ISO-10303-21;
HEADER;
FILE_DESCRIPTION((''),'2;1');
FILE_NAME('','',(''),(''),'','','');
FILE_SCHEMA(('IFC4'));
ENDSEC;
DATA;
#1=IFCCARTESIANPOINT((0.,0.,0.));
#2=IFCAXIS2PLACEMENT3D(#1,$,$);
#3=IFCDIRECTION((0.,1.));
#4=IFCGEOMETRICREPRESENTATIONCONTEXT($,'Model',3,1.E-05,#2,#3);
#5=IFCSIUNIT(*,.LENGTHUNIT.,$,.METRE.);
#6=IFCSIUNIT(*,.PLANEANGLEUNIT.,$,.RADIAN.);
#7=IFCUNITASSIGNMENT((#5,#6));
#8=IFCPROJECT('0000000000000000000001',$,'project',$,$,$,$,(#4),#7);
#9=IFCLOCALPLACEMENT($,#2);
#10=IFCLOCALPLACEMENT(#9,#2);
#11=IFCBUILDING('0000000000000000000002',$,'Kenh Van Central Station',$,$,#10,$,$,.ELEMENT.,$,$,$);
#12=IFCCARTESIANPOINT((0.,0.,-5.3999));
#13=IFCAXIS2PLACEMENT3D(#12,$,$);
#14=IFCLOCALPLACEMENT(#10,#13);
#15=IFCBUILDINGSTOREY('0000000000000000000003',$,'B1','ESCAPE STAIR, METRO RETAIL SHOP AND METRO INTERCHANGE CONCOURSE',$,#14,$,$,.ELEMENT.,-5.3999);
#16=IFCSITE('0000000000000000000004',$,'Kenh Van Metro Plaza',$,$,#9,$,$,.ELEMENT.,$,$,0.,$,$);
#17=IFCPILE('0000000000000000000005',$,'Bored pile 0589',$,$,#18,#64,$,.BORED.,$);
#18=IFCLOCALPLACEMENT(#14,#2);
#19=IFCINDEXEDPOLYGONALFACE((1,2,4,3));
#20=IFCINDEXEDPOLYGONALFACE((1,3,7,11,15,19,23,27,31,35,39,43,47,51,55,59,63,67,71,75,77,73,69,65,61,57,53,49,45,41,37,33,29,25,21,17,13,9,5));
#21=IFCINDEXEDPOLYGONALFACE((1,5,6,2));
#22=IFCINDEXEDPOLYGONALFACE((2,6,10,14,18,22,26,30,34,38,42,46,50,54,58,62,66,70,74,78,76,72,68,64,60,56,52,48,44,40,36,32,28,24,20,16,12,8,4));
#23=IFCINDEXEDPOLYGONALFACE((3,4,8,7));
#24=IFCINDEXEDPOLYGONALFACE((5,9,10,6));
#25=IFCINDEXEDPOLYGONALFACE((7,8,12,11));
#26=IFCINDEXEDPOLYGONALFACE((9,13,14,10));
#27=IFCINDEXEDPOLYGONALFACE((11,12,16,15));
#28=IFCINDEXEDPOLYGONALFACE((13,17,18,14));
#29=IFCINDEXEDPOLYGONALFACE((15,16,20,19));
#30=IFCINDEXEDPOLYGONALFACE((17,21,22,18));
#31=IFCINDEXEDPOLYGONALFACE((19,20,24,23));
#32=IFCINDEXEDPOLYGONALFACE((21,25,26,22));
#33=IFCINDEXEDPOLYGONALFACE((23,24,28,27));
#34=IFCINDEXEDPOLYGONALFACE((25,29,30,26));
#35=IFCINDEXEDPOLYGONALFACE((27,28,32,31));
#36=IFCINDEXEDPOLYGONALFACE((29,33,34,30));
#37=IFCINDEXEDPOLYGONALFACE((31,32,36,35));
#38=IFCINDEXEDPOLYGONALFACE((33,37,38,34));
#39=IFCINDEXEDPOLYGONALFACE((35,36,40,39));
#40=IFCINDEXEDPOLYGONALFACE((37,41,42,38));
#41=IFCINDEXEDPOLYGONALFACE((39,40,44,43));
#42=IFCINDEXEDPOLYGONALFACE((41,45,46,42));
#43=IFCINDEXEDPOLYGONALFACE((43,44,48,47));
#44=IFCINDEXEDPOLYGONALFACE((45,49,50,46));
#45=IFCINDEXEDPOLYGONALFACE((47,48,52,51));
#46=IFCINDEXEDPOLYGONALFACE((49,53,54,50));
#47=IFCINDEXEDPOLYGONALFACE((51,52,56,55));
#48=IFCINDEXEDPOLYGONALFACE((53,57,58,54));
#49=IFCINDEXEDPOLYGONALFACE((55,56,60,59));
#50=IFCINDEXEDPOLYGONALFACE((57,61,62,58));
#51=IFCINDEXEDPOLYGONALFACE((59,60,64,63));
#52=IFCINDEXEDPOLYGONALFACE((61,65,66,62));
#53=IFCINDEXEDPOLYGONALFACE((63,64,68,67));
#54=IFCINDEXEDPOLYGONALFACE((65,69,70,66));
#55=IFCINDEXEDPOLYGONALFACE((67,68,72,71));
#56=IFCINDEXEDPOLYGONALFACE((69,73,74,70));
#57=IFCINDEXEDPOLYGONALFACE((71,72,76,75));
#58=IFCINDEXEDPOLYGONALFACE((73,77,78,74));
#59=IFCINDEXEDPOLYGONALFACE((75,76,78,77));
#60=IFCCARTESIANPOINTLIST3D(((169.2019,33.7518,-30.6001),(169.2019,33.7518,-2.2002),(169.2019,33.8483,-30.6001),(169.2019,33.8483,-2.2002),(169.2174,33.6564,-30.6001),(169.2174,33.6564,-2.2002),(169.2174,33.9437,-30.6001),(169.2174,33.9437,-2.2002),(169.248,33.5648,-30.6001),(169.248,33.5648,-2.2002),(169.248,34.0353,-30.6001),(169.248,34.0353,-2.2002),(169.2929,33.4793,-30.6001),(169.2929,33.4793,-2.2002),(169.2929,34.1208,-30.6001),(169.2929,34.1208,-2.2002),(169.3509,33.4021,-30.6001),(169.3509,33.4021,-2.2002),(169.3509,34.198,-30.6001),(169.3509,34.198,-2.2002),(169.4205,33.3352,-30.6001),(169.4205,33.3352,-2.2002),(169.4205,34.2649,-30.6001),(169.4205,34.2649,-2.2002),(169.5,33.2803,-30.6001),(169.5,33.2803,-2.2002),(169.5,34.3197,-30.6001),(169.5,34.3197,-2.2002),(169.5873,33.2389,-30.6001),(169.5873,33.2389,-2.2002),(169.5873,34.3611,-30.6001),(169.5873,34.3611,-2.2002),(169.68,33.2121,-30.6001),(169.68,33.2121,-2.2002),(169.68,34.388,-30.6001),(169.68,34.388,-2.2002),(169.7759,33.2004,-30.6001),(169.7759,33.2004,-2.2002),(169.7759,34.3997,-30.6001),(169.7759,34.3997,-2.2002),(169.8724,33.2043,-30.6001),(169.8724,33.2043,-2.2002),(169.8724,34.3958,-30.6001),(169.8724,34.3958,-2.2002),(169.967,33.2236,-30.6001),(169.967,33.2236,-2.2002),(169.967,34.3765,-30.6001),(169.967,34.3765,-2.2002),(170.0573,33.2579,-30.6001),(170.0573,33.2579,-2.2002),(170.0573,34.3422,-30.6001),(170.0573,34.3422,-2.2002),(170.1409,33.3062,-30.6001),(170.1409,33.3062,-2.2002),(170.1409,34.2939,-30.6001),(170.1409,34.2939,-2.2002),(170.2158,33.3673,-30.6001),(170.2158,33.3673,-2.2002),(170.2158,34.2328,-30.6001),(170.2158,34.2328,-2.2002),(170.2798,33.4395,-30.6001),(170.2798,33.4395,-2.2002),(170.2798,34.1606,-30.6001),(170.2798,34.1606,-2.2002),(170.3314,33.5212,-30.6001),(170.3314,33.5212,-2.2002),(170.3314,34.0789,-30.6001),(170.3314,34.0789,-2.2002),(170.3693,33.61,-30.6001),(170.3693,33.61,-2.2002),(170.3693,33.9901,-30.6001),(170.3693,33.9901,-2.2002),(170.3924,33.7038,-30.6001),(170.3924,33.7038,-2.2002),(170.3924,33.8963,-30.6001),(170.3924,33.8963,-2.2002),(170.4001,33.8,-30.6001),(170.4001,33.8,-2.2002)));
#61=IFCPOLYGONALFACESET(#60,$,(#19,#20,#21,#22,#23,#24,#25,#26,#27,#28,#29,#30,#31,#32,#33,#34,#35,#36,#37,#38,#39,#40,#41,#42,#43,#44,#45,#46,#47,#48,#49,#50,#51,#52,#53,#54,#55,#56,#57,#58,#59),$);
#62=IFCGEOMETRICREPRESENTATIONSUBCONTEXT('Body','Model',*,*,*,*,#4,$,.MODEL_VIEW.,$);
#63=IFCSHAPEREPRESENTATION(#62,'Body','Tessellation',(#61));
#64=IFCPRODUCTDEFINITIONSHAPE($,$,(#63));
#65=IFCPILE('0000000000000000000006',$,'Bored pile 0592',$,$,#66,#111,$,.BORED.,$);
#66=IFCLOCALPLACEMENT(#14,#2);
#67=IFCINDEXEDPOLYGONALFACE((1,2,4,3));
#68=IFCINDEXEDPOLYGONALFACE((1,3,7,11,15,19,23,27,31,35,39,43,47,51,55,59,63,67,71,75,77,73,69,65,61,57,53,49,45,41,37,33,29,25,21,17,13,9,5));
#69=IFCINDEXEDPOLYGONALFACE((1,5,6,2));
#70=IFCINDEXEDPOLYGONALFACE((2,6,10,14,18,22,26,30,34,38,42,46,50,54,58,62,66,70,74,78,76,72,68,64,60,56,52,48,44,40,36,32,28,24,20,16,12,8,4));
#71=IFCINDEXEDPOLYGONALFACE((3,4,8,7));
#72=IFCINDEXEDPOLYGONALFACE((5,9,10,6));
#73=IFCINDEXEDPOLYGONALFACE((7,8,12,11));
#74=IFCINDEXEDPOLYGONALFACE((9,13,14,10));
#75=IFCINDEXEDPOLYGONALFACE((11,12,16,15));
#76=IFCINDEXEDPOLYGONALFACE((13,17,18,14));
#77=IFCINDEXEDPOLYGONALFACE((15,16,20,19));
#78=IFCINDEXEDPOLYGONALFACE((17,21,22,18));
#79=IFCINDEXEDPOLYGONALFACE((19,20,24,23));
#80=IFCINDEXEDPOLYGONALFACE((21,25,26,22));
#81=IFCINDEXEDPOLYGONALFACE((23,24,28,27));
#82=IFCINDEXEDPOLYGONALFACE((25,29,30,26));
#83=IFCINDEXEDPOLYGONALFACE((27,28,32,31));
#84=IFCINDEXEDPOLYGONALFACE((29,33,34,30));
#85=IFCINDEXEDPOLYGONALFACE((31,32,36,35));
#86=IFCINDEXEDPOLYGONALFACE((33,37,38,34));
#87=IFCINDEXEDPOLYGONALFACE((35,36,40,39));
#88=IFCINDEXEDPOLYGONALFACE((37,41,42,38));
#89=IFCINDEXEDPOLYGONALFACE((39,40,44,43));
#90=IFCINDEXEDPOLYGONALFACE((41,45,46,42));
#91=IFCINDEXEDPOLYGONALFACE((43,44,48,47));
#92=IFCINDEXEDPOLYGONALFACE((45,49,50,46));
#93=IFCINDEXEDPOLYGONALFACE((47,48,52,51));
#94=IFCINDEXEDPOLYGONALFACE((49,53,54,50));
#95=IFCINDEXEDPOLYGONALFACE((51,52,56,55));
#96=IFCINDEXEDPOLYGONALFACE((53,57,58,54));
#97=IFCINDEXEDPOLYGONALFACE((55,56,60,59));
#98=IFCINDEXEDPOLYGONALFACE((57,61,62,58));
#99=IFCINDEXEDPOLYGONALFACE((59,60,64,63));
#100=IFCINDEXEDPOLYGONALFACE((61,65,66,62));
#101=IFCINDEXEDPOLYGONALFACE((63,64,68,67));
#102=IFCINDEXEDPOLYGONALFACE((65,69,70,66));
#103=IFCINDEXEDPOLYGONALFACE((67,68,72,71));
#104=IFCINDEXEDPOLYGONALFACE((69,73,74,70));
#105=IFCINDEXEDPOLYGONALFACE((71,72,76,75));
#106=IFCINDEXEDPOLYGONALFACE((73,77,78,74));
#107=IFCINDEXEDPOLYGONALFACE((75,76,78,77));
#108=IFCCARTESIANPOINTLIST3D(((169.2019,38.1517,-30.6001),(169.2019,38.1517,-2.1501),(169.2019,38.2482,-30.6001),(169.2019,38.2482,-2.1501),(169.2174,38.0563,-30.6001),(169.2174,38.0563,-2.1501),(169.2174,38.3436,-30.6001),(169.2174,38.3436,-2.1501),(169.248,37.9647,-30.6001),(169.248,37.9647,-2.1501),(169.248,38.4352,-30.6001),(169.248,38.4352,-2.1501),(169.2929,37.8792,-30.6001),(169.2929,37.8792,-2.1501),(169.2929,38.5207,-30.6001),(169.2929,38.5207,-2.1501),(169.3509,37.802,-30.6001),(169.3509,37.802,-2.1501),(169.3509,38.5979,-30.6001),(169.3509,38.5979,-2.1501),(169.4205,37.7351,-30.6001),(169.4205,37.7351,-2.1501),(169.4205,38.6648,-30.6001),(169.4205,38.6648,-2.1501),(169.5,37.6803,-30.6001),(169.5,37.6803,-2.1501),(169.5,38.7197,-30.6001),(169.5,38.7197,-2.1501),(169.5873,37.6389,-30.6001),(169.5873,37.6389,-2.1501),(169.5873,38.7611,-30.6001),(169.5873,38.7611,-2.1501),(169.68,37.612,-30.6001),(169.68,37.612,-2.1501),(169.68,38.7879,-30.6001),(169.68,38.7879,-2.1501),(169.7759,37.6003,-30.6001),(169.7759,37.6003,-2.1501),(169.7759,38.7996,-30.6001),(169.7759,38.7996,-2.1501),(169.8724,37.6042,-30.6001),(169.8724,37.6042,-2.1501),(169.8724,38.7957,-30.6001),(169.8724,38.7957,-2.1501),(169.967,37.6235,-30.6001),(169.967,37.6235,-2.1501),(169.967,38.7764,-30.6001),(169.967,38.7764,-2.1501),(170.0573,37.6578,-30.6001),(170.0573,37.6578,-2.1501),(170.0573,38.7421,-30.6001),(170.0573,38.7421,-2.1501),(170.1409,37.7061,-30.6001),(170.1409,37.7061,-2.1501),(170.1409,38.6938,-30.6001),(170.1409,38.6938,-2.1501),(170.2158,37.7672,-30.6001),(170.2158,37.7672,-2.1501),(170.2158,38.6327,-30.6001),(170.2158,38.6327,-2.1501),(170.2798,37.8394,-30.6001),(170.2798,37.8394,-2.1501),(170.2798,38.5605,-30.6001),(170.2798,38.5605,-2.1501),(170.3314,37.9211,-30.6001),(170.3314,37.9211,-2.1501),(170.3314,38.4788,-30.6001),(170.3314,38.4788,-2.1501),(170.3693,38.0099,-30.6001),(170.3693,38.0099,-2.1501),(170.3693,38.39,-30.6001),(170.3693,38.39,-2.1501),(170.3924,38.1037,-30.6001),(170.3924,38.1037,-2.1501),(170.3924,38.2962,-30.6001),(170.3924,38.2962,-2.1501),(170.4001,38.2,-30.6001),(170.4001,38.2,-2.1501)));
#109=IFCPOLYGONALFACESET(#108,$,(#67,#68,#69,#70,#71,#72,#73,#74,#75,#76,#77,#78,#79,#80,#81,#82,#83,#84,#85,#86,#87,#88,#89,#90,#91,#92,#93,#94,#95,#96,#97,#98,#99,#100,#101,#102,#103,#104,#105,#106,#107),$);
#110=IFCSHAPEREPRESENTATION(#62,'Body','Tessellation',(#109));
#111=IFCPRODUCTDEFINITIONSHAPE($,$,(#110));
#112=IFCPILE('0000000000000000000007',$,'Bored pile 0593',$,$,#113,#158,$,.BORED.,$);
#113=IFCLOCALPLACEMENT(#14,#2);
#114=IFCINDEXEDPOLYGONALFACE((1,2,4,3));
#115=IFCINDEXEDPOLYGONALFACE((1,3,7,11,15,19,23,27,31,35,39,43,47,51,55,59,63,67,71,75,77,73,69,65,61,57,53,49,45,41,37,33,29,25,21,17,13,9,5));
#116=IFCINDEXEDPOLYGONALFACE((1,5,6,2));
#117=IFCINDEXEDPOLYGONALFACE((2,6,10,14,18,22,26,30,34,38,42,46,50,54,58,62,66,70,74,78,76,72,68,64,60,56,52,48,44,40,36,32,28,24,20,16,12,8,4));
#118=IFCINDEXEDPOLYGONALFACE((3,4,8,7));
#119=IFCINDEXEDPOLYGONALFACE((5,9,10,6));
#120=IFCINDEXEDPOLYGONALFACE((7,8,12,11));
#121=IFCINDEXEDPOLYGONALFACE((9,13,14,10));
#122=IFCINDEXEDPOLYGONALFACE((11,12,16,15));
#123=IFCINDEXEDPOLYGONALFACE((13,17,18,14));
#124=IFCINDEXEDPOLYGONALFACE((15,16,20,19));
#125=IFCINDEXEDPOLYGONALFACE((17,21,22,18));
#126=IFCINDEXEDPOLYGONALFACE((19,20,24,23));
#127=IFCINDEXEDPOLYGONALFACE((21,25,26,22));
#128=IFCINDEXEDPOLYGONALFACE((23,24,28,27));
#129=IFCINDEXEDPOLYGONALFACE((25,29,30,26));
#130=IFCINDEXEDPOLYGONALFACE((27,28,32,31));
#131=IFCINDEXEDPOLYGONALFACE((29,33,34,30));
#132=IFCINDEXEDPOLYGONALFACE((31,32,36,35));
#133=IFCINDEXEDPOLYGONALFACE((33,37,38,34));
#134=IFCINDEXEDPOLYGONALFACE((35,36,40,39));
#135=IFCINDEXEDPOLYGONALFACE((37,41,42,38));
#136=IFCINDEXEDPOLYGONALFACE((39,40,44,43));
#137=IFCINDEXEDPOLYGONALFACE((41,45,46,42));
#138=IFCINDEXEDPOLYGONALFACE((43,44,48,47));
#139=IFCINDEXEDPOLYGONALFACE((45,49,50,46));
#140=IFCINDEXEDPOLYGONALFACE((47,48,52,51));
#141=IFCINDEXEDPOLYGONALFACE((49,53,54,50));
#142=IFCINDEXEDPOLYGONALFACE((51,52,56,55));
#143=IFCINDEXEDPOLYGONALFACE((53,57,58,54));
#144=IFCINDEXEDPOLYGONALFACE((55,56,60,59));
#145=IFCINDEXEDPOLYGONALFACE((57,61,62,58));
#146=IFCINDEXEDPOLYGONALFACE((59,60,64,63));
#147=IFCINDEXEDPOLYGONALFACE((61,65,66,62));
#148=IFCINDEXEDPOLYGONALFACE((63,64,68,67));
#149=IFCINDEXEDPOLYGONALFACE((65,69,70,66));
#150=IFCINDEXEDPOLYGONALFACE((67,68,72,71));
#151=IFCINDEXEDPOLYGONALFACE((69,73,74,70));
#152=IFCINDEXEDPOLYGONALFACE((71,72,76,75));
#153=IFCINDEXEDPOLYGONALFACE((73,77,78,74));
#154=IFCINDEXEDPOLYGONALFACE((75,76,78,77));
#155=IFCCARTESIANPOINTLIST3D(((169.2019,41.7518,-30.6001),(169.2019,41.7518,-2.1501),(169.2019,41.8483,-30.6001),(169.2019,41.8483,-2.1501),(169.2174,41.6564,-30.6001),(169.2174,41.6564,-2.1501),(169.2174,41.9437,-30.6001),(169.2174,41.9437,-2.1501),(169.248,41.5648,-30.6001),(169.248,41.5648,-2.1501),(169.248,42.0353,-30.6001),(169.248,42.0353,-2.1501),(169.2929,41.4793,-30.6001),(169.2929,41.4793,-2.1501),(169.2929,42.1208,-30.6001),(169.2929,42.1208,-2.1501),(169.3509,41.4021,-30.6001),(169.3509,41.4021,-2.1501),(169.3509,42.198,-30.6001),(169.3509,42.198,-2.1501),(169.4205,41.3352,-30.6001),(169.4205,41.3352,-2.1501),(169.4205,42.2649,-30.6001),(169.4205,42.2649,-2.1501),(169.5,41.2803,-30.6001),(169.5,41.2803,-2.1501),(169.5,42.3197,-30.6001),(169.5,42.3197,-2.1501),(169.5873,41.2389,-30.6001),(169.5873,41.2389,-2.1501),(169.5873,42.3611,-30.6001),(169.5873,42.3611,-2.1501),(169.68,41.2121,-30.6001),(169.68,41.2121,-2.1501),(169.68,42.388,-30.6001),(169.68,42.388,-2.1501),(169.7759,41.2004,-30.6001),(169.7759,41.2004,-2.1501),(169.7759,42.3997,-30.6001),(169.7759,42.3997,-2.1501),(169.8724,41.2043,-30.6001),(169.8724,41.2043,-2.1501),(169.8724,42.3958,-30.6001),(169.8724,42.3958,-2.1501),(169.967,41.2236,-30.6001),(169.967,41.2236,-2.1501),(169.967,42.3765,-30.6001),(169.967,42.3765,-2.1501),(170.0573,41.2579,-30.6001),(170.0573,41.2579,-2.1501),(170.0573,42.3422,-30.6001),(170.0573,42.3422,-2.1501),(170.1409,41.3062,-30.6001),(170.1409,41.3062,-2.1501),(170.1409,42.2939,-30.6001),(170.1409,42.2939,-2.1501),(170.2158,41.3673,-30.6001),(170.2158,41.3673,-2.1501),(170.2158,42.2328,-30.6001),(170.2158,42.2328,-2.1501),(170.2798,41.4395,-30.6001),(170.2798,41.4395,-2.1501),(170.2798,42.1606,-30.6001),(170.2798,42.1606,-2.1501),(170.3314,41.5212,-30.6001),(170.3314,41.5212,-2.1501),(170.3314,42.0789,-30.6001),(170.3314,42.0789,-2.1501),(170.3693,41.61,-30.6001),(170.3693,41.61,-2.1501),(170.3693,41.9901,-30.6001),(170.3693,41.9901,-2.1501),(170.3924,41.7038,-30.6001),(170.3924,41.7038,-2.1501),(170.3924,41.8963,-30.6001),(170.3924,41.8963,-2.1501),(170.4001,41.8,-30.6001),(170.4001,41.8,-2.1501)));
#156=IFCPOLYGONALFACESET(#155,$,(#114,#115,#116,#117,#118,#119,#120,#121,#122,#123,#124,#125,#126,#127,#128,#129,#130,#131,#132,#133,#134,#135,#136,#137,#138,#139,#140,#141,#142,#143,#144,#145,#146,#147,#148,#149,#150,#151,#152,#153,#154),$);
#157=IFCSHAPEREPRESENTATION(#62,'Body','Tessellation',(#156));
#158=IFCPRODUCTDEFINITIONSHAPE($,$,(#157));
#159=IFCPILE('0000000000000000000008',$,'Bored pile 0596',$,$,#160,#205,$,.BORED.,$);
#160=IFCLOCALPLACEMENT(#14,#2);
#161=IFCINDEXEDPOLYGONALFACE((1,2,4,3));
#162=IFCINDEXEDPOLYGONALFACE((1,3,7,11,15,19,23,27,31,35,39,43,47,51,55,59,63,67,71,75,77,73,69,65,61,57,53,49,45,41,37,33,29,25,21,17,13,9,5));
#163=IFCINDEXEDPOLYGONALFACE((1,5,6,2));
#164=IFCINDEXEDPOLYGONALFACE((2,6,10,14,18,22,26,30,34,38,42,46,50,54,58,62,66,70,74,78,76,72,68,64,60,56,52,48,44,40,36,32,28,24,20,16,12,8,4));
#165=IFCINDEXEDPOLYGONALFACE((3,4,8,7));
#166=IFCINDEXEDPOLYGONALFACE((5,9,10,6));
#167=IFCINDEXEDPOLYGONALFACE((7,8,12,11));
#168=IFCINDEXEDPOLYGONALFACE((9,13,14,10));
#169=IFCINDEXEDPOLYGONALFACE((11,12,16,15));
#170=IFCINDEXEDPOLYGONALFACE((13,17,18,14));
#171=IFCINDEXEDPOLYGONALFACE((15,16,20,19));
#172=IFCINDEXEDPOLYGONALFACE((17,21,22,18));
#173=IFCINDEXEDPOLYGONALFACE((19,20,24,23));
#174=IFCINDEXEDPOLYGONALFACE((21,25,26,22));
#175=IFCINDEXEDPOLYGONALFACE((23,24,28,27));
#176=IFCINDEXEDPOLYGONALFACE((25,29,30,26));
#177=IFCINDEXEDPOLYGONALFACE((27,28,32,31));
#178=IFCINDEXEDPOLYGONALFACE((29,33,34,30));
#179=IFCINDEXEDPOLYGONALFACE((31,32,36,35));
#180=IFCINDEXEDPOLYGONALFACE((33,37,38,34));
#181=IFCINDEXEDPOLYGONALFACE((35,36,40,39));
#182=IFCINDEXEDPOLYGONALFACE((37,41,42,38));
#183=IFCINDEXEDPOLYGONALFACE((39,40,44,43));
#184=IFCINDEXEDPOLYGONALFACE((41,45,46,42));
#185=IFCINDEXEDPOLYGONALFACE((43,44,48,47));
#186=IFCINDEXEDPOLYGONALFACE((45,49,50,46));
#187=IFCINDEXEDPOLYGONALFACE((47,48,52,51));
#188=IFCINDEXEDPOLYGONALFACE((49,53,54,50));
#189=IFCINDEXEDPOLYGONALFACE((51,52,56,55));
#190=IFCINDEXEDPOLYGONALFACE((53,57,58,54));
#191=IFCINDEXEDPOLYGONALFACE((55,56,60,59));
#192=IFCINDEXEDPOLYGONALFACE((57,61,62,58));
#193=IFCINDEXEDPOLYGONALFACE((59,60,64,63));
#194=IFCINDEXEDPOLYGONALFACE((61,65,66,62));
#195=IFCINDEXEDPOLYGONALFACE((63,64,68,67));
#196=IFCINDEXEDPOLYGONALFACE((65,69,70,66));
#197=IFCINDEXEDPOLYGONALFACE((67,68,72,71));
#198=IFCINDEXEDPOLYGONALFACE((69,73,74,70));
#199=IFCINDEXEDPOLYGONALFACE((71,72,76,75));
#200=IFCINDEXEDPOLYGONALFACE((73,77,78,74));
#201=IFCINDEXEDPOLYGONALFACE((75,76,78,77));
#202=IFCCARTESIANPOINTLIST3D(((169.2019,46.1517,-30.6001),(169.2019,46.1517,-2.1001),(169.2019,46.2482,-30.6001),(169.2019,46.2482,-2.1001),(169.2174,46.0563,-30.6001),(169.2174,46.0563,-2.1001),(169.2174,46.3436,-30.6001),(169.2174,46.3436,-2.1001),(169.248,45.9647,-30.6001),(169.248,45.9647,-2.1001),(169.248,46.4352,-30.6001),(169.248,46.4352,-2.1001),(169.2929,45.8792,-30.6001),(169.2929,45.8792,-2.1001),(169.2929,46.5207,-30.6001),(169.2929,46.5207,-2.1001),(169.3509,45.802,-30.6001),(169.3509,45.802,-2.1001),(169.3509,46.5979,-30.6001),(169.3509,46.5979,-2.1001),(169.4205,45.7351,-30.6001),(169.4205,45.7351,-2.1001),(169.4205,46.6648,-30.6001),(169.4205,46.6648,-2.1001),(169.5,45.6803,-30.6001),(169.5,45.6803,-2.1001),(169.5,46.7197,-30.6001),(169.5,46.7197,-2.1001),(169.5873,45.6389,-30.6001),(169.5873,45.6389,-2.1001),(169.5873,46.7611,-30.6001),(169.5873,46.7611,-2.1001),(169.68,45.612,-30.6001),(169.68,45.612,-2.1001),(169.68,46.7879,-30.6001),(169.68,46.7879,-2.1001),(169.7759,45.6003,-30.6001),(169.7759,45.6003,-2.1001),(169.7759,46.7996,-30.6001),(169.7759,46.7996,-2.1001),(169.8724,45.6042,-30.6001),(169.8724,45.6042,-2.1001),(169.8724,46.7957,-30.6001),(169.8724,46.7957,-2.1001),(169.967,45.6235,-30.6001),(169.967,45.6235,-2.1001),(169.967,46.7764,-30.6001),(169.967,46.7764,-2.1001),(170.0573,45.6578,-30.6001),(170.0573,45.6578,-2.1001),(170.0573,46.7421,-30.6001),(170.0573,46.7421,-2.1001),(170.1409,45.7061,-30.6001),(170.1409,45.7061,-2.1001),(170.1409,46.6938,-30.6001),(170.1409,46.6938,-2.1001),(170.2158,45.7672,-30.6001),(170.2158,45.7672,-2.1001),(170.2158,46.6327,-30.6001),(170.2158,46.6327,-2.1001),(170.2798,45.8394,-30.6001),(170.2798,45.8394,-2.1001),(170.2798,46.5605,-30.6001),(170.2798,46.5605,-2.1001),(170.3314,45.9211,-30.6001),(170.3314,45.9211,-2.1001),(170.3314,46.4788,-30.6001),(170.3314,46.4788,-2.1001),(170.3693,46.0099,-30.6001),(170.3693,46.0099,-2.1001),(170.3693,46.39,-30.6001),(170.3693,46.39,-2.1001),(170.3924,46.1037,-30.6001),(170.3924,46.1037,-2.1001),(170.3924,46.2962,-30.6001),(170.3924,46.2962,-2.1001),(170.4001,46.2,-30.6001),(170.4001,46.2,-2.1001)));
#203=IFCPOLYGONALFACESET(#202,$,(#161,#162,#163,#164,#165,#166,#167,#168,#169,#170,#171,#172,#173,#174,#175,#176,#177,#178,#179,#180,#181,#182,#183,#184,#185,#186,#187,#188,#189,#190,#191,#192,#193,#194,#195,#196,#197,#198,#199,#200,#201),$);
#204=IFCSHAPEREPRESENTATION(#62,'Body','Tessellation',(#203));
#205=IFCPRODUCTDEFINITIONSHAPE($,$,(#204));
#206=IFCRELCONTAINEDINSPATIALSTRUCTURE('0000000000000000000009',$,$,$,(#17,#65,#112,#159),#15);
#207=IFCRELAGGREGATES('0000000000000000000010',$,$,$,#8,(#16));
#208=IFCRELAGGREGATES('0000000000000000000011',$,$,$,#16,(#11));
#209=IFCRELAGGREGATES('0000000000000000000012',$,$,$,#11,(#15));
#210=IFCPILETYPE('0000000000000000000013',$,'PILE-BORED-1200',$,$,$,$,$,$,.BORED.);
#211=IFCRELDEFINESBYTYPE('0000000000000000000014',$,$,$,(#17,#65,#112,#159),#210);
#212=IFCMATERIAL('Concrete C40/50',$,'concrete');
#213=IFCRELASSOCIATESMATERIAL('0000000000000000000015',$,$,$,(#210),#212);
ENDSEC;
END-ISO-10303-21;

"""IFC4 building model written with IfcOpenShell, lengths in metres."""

from ifc_helpers import new_model, si_unit, direction, frame, origin, origin_2d, place, context, subcontext, project, spatial, circle, extrude, material, material_profile, profile_set, type_object, element, save


model = new_model("IFC4")

# Units and contexts
model_context = context("Model", 3, precision=1e-05, world=origin(), true_north=direction((0.0, 1.0)))
body_context = subcontext(model_context, "Body", "Model", "MODEL_VIEW")
ifc_project = project(units=[si_unit("LENGTHUNIT", "METRE"), si_unit("PLANEANGLEUNIT", "RADIAN")], contexts=[model_context])

# Site, building, storey
site_placement = place(None, origin())
site = spatial("IfcSite", under=ifc_project, at=site_placement, Name="Kenh Van Metro Plaza", CompositionType="ELEMENT", RefElevation=0.0)
building_placement = place(site_placement, origin())
building = spatial("IfcBuilding", under=site, at=building_placement, Name="Kenh Van Central Station", CompositionType="ELEMENT")
storey_placement = place(building_placement, frame((0.0, 0.0, -5.3999)))
storey = spatial("IfcBuildingStorey", under=building, at=storey_placement, Name="B1", Description="ESCAPE STAIR, METRO RETAIL SHOP AND METRO INTERCHANGE CONCOURSE", CompositionType="ELEMENT", Elevation=-5.3999)

# Shared definitions
ifc_material_1 = material(Name="Concrete C40/50", Category="concrete")

# Piles
ifc_material_profile_1 = material_profile(ifc_material_1, circle(Radius=0.6001, at=origin_2d()), Name="PILE D1200")
ifc_profile_set_1 = profile_set([ifc_material_profile_1], Name="Concrete C40/50")
pile_type = type_object("IfcPileType", Name="PILE-BORED-1200", PredefinedType="BORED", material=ifc_profile_set_1)
for number, where, z_axis, x_axis, name in (
    (1, (169.8, 33.8, -2.2002), (0.0, 0.0, -1.0), (1.0, 0.0, 0.0), "Bored pile 0589"),
):
    element("IfcPile", number, at=place(storey_placement, frame(where, z_axis=z_axis, x_axis=x_axis)), inside=storey, type_object=pile_type, Name=name, PredefinedType="BORED", context=body_context, shape_type="SweptSolid", body=[
        extrude(circle(Radius=0.6001, at=origin_2d()), origin(), (0.0, 0.0, 1.0), 28.3999),
    ])
for number, where, z_axis, x_axis, name in (
    (2, (169.8, 38.2, -2.1501), (0.0, 0.0, -1.0), (1.0, 0.0, 0.0), "Bored pile 0592"),
    (3, (169.8, 41.8, -2.1501), (0.0, 0.0, -1.0), (1.0, 0.0, 0.0), "Bored pile 0593"),
):
    element("IfcPile", number, at=place(storey_placement, frame(where, z_axis=z_axis, x_axis=x_axis)), inside=storey, type_object=pile_type, Name=name, PredefinedType="BORED", context=body_context, shape_type="SweptSolid", body=[
        extrude(circle(Radius=0.6001, at=origin_2d()), origin(), (0.0, 0.0, 1.0), 28.45),
    ])
pile_placement = place(storey_placement, frame((169.8, 46.2, -2.1001), z_axis=(0.0, 0.0, -1.0), x_axis=(1.0, 0.0, 0.0)))
element("IfcPile", 4, at=pile_placement, inside=storey, type_object=pile_type, Name="Bored pile 0596", PredefinedType="BORED", context=body_context, shape_type="SweptSolid", body=[
    extrude(circle(Radius=0.6001, at=origin_2d()), origin(), (0.0, 0.0, 1.0), 28.5),
])

save(model, "model.ifc")
